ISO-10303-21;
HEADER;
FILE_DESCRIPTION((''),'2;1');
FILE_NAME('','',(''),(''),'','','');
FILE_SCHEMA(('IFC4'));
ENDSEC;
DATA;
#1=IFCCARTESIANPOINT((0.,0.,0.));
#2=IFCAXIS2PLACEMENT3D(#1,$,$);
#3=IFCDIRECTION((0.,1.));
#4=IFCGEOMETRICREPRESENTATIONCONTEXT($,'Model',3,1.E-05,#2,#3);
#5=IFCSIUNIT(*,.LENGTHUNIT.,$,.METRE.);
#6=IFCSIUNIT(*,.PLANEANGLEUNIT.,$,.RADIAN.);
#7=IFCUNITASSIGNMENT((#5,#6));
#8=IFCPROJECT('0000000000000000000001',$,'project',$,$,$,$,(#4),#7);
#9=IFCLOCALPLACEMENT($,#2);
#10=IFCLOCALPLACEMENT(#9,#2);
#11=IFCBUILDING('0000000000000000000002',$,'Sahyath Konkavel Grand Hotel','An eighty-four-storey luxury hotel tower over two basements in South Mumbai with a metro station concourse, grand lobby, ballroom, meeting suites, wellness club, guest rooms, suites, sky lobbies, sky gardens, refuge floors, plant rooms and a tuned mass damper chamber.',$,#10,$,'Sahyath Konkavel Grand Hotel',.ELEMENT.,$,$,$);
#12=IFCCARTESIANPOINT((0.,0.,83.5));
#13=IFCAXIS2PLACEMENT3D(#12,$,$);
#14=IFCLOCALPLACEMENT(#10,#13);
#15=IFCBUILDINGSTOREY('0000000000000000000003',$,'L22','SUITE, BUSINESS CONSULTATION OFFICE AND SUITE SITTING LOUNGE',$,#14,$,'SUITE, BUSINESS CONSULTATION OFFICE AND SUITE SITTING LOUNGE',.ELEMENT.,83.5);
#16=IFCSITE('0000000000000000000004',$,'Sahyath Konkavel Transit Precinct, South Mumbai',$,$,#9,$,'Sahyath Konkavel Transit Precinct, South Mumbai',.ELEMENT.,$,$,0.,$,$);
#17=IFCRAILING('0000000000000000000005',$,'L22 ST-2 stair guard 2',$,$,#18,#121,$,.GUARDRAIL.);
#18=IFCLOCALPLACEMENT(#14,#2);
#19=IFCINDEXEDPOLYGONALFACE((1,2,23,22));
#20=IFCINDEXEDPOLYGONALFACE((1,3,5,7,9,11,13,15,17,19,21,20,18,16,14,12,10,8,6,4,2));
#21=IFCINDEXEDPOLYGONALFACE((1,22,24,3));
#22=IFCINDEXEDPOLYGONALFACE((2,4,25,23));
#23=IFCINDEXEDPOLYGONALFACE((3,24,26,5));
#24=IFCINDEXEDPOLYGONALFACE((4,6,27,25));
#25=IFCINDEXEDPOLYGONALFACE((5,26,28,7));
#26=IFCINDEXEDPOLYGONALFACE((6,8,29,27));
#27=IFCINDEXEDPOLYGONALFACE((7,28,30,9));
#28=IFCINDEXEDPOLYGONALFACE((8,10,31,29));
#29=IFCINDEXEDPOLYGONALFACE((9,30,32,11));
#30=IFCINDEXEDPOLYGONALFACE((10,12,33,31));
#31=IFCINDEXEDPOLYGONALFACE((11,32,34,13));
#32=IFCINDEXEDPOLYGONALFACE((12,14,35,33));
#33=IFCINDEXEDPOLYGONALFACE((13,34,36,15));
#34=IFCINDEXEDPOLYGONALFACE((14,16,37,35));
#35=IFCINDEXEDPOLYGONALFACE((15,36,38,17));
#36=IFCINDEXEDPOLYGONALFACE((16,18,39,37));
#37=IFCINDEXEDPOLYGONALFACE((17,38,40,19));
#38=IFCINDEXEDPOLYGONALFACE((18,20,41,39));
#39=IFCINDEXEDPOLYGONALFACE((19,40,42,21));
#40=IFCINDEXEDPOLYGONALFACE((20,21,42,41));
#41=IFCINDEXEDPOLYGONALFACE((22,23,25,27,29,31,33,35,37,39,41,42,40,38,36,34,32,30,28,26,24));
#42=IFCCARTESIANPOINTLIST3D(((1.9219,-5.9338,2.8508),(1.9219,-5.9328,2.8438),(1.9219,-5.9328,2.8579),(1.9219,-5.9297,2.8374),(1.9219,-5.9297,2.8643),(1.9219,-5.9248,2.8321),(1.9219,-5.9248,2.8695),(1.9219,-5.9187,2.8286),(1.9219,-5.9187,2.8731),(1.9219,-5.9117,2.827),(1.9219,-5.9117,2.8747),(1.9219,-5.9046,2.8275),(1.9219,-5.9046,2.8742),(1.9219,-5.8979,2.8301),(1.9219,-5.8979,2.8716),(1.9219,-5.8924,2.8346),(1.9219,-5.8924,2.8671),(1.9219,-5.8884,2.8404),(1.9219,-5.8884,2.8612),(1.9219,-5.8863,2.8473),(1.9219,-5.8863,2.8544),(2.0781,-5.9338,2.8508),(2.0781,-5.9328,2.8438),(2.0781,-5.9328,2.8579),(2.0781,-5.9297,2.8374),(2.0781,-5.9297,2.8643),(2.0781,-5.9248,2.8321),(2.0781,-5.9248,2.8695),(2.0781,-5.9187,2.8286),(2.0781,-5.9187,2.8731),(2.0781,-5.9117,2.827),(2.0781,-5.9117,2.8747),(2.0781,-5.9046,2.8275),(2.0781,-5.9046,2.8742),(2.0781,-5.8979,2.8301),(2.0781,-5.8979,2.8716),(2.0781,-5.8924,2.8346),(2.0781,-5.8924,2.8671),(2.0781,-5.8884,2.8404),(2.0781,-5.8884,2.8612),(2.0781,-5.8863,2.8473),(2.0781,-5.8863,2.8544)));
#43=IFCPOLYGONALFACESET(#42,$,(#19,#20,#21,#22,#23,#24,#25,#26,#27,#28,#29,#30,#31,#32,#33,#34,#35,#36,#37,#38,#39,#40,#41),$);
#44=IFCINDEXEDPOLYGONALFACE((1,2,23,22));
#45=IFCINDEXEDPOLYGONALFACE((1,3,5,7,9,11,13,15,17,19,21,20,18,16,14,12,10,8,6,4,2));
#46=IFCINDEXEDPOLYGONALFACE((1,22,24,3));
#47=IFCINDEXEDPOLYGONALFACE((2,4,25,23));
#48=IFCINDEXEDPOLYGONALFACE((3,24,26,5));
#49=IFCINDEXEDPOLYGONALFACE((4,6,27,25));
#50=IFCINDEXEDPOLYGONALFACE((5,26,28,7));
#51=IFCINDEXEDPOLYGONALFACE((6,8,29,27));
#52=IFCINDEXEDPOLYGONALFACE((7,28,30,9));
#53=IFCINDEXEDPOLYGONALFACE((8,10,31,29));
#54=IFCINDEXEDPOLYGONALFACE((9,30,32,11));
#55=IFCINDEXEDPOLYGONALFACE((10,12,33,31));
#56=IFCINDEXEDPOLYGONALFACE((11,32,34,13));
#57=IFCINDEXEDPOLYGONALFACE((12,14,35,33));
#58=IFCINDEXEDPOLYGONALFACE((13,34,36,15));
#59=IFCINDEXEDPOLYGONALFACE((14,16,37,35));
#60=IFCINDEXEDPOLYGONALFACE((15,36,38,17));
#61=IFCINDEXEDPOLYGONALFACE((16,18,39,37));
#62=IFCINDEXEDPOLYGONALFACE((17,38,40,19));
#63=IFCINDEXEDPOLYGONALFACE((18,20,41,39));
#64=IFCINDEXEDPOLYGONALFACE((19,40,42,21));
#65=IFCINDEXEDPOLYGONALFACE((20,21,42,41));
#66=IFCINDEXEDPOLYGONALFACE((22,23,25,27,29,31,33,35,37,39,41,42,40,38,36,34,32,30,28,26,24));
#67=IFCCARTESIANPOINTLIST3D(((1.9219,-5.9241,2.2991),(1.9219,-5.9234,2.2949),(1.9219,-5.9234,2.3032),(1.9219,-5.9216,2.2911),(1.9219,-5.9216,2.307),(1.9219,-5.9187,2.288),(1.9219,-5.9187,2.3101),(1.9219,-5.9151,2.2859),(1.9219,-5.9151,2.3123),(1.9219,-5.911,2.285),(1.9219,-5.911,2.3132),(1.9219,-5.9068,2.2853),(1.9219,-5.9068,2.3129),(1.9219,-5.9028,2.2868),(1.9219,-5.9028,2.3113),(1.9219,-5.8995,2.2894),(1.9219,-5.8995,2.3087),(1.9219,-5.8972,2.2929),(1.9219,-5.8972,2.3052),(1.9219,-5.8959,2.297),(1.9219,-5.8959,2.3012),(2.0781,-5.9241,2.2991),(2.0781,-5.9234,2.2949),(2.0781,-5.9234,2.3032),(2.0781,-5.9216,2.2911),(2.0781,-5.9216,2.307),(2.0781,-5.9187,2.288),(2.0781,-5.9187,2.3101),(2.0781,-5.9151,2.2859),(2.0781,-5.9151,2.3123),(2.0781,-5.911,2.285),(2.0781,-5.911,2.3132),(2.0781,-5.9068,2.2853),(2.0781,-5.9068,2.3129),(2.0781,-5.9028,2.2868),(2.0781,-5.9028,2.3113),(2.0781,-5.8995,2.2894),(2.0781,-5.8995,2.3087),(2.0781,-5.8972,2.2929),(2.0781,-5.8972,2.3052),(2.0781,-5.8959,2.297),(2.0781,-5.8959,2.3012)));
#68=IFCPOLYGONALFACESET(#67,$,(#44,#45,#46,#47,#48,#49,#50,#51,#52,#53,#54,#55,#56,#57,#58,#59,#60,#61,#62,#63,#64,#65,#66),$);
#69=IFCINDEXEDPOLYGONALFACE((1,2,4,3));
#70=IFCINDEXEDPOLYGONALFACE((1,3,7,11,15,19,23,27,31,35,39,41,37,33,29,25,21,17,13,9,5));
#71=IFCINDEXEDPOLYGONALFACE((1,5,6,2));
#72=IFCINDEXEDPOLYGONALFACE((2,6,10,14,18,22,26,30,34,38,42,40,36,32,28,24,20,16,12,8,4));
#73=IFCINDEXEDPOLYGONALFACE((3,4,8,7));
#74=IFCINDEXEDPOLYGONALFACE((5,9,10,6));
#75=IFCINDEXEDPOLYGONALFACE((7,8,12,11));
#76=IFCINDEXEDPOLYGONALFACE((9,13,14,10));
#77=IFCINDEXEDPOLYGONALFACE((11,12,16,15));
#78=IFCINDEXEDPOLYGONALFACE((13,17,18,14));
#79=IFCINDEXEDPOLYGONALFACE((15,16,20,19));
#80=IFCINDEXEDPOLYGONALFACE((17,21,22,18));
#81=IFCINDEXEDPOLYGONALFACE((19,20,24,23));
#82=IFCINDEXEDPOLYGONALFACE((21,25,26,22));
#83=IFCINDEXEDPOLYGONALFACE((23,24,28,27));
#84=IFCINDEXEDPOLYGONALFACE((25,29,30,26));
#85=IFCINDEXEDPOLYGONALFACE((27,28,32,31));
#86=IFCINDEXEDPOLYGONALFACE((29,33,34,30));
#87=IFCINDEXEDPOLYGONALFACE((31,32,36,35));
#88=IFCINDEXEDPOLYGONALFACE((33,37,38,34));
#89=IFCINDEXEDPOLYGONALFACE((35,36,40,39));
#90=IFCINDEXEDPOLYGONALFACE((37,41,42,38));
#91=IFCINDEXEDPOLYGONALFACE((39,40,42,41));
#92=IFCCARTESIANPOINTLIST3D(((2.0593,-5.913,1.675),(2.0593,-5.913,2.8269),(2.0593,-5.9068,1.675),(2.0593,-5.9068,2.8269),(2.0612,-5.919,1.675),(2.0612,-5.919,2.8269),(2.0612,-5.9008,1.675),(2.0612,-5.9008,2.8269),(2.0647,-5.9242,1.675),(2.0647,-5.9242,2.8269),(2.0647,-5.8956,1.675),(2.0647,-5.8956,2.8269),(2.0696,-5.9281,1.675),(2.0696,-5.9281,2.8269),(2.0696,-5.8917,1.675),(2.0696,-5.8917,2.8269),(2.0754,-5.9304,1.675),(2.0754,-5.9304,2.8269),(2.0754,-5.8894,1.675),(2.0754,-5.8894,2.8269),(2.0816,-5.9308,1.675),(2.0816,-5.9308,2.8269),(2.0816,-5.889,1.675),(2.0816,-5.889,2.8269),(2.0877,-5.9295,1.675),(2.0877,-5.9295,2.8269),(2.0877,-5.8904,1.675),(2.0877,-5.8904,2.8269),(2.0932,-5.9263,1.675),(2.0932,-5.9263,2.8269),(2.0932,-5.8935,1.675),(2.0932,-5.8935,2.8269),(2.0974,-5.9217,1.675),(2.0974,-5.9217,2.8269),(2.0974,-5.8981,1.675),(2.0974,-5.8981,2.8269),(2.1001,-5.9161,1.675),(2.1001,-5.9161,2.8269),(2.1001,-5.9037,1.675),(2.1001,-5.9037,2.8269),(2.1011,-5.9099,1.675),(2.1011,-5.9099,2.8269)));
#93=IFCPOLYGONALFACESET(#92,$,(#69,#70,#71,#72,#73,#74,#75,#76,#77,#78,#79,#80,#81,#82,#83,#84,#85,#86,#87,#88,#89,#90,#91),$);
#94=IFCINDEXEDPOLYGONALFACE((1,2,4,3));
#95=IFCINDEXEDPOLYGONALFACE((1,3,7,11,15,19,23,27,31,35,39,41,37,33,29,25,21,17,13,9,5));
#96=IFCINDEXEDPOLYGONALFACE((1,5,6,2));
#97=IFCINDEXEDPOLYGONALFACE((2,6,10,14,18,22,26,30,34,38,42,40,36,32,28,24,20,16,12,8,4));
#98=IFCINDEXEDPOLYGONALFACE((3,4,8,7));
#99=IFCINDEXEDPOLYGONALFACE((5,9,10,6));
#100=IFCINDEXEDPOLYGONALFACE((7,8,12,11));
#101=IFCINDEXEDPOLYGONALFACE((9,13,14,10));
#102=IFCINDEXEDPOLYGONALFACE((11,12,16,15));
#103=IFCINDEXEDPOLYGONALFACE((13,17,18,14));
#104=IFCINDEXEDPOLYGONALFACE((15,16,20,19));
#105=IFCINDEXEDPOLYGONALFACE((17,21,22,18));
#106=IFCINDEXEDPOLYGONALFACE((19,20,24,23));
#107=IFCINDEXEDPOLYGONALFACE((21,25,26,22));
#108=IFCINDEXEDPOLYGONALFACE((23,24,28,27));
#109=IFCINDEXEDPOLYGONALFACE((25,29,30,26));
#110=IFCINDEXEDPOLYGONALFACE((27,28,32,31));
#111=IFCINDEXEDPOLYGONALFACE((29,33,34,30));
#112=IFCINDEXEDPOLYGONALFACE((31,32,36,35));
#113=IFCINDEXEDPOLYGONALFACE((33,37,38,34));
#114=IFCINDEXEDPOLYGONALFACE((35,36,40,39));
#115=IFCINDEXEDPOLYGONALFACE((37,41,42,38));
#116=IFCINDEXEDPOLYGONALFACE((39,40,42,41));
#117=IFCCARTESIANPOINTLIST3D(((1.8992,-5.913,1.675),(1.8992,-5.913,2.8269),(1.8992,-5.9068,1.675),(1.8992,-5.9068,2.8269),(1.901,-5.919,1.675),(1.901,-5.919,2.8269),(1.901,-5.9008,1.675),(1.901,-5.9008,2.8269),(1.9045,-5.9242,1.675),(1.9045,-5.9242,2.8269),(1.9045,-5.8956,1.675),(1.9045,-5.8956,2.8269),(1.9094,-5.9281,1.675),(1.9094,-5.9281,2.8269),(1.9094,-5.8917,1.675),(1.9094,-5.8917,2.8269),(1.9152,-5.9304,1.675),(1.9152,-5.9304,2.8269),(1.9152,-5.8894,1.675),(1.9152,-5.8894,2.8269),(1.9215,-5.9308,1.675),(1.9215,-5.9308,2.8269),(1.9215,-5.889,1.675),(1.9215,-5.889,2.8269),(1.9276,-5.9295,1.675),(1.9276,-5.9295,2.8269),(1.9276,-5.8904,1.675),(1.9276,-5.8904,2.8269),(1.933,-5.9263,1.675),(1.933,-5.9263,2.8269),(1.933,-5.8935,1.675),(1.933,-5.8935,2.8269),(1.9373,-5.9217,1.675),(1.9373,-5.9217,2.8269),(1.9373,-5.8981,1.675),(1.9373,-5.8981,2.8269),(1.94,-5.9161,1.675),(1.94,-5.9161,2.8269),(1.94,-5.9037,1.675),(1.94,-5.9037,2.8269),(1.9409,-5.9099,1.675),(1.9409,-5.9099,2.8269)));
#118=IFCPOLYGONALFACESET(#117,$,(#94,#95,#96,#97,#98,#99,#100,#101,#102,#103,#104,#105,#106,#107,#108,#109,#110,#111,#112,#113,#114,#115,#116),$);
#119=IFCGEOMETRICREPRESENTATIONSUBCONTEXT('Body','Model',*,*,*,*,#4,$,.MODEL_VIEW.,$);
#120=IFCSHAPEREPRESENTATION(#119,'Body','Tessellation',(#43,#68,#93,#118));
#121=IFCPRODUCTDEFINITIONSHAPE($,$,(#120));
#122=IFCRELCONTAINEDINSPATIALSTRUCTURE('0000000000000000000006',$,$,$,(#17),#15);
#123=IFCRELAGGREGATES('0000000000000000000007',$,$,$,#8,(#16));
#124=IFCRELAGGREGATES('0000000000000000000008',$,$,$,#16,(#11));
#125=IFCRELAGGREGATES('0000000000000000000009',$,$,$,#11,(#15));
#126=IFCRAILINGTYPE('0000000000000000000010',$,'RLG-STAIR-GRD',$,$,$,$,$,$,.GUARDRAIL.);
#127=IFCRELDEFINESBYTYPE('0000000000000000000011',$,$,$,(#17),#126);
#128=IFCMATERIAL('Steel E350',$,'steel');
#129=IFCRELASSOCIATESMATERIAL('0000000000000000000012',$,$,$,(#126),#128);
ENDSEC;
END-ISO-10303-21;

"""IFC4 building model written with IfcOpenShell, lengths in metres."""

from ifc_helpers import new_model, si_unit, direction, frame, origin, origin_2d, place, context, subcontext, project, spatial, circle, extrude, material, type_object, element, save


model = new_model("IFC4")

# Units and contexts
model_context = context("Model", 3, precision=1e-05, world=origin(), true_north=direction((0.0, 1.0)))
body_context = subcontext(model_context, "Body", "Model", "MODEL_VIEW")
ifc_project = project(units=[si_unit("LENGTHUNIT", "METRE"), si_unit("PLANEANGLEUNIT", "RADIAN")], contexts=[model_context])

# Site, building, storey
site_placement = place(None, origin())
site = spatial("IfcSite", under=ifc_project, at=site_placement, Name="Sahyath Konkavel Transit Precinct, South Mumbai", LongName="Sahyath Konkavel Transit Precinct, South Mumbai", CompositionType="ELEMENT", RefElevation=0.0)
building_placement = place(site_placement, origin())
building = spatial("IfcBuilding", under=site, at=building_placement, Name="Sahyath Konkavel Grand Hotel", Description="An eighty-four-storey luxury hotel tower over two basements in South Mumbai with a metro station concourse, grand lobby, ballroom, meeting suites, wellness club, guest rooms, suites, sky lobbies, sky gardens, refuge floors, plant rooms and a tuned mass damper chamber.", LongName="Sahyath Konkavel Grand Hotel", CompositionType="ELEMENT")
storey_placement = place(building_placement, frame((0.0, 0.0, 83.5)))
storey = spatial("IfcBuildingStorey", under=building, at=storey_placement, Name="L22", Description="SUITE, BUSINESS CONSULTATION OFFICE AND SUITE SITTING LOUNGE", LongName="SUITE, BUSINESS CONSULTATION OFFICE AND SUITE SITTING LOUNGE", CompositionType="ELEMENT", Elevation=83.5)

# Shared definitions
ifc_material_1 = material(Name="Steel E350", Category="steel")

# Railing
railing_type_1 = type_object("IfcRailingType", Name="RLG-STAIR-GRD", PredefinedType="GUARDRAIL", material=ifc_material_1)
railing_1_placement = place(storey_placement, frame((2.0801, -5.9099, 1.675)))
element("IfcRailing", 1, at=railing_1_placement, inside=storey, type_object=railing_type_1, Name="L22 ST-2 stair guard 2", PredefinedType="GUARDRAIL", context=body_context, shape_type="SweptSolid", body=[
    extrude(circle(Radius=0.0239, at=origin_2d()), frame((-0.002, 0.0, 1.1758), z_axis=(-1.0, 0.0, 0.0), x_axis=(0.0, -1.0, 0.0)), (0.0, 0.0, 1.0), 0.1562),
    extrude(circle(Radius=0.0142, at=origin_2d()), frame((-0.002, 0.0, 0.624), z_axis=(-1.0, 0.0, 0.0), x_axis=(0.0, -1.0, 0.0)), (0.0, 0.0, 1.0), 0.1562),
    extrude(circle(Radius=0.021, at=origin_2d()), origin(), (0.0, 0.0, 1.0), 1.1519),
    extrude(circle(Radius=0.021, at=origin_2d()), frame((-0.1602, 0.0, 0.0)), (0.0, 0.0, 1.0), 1.1519),
])

save(model, "model.ifc")
